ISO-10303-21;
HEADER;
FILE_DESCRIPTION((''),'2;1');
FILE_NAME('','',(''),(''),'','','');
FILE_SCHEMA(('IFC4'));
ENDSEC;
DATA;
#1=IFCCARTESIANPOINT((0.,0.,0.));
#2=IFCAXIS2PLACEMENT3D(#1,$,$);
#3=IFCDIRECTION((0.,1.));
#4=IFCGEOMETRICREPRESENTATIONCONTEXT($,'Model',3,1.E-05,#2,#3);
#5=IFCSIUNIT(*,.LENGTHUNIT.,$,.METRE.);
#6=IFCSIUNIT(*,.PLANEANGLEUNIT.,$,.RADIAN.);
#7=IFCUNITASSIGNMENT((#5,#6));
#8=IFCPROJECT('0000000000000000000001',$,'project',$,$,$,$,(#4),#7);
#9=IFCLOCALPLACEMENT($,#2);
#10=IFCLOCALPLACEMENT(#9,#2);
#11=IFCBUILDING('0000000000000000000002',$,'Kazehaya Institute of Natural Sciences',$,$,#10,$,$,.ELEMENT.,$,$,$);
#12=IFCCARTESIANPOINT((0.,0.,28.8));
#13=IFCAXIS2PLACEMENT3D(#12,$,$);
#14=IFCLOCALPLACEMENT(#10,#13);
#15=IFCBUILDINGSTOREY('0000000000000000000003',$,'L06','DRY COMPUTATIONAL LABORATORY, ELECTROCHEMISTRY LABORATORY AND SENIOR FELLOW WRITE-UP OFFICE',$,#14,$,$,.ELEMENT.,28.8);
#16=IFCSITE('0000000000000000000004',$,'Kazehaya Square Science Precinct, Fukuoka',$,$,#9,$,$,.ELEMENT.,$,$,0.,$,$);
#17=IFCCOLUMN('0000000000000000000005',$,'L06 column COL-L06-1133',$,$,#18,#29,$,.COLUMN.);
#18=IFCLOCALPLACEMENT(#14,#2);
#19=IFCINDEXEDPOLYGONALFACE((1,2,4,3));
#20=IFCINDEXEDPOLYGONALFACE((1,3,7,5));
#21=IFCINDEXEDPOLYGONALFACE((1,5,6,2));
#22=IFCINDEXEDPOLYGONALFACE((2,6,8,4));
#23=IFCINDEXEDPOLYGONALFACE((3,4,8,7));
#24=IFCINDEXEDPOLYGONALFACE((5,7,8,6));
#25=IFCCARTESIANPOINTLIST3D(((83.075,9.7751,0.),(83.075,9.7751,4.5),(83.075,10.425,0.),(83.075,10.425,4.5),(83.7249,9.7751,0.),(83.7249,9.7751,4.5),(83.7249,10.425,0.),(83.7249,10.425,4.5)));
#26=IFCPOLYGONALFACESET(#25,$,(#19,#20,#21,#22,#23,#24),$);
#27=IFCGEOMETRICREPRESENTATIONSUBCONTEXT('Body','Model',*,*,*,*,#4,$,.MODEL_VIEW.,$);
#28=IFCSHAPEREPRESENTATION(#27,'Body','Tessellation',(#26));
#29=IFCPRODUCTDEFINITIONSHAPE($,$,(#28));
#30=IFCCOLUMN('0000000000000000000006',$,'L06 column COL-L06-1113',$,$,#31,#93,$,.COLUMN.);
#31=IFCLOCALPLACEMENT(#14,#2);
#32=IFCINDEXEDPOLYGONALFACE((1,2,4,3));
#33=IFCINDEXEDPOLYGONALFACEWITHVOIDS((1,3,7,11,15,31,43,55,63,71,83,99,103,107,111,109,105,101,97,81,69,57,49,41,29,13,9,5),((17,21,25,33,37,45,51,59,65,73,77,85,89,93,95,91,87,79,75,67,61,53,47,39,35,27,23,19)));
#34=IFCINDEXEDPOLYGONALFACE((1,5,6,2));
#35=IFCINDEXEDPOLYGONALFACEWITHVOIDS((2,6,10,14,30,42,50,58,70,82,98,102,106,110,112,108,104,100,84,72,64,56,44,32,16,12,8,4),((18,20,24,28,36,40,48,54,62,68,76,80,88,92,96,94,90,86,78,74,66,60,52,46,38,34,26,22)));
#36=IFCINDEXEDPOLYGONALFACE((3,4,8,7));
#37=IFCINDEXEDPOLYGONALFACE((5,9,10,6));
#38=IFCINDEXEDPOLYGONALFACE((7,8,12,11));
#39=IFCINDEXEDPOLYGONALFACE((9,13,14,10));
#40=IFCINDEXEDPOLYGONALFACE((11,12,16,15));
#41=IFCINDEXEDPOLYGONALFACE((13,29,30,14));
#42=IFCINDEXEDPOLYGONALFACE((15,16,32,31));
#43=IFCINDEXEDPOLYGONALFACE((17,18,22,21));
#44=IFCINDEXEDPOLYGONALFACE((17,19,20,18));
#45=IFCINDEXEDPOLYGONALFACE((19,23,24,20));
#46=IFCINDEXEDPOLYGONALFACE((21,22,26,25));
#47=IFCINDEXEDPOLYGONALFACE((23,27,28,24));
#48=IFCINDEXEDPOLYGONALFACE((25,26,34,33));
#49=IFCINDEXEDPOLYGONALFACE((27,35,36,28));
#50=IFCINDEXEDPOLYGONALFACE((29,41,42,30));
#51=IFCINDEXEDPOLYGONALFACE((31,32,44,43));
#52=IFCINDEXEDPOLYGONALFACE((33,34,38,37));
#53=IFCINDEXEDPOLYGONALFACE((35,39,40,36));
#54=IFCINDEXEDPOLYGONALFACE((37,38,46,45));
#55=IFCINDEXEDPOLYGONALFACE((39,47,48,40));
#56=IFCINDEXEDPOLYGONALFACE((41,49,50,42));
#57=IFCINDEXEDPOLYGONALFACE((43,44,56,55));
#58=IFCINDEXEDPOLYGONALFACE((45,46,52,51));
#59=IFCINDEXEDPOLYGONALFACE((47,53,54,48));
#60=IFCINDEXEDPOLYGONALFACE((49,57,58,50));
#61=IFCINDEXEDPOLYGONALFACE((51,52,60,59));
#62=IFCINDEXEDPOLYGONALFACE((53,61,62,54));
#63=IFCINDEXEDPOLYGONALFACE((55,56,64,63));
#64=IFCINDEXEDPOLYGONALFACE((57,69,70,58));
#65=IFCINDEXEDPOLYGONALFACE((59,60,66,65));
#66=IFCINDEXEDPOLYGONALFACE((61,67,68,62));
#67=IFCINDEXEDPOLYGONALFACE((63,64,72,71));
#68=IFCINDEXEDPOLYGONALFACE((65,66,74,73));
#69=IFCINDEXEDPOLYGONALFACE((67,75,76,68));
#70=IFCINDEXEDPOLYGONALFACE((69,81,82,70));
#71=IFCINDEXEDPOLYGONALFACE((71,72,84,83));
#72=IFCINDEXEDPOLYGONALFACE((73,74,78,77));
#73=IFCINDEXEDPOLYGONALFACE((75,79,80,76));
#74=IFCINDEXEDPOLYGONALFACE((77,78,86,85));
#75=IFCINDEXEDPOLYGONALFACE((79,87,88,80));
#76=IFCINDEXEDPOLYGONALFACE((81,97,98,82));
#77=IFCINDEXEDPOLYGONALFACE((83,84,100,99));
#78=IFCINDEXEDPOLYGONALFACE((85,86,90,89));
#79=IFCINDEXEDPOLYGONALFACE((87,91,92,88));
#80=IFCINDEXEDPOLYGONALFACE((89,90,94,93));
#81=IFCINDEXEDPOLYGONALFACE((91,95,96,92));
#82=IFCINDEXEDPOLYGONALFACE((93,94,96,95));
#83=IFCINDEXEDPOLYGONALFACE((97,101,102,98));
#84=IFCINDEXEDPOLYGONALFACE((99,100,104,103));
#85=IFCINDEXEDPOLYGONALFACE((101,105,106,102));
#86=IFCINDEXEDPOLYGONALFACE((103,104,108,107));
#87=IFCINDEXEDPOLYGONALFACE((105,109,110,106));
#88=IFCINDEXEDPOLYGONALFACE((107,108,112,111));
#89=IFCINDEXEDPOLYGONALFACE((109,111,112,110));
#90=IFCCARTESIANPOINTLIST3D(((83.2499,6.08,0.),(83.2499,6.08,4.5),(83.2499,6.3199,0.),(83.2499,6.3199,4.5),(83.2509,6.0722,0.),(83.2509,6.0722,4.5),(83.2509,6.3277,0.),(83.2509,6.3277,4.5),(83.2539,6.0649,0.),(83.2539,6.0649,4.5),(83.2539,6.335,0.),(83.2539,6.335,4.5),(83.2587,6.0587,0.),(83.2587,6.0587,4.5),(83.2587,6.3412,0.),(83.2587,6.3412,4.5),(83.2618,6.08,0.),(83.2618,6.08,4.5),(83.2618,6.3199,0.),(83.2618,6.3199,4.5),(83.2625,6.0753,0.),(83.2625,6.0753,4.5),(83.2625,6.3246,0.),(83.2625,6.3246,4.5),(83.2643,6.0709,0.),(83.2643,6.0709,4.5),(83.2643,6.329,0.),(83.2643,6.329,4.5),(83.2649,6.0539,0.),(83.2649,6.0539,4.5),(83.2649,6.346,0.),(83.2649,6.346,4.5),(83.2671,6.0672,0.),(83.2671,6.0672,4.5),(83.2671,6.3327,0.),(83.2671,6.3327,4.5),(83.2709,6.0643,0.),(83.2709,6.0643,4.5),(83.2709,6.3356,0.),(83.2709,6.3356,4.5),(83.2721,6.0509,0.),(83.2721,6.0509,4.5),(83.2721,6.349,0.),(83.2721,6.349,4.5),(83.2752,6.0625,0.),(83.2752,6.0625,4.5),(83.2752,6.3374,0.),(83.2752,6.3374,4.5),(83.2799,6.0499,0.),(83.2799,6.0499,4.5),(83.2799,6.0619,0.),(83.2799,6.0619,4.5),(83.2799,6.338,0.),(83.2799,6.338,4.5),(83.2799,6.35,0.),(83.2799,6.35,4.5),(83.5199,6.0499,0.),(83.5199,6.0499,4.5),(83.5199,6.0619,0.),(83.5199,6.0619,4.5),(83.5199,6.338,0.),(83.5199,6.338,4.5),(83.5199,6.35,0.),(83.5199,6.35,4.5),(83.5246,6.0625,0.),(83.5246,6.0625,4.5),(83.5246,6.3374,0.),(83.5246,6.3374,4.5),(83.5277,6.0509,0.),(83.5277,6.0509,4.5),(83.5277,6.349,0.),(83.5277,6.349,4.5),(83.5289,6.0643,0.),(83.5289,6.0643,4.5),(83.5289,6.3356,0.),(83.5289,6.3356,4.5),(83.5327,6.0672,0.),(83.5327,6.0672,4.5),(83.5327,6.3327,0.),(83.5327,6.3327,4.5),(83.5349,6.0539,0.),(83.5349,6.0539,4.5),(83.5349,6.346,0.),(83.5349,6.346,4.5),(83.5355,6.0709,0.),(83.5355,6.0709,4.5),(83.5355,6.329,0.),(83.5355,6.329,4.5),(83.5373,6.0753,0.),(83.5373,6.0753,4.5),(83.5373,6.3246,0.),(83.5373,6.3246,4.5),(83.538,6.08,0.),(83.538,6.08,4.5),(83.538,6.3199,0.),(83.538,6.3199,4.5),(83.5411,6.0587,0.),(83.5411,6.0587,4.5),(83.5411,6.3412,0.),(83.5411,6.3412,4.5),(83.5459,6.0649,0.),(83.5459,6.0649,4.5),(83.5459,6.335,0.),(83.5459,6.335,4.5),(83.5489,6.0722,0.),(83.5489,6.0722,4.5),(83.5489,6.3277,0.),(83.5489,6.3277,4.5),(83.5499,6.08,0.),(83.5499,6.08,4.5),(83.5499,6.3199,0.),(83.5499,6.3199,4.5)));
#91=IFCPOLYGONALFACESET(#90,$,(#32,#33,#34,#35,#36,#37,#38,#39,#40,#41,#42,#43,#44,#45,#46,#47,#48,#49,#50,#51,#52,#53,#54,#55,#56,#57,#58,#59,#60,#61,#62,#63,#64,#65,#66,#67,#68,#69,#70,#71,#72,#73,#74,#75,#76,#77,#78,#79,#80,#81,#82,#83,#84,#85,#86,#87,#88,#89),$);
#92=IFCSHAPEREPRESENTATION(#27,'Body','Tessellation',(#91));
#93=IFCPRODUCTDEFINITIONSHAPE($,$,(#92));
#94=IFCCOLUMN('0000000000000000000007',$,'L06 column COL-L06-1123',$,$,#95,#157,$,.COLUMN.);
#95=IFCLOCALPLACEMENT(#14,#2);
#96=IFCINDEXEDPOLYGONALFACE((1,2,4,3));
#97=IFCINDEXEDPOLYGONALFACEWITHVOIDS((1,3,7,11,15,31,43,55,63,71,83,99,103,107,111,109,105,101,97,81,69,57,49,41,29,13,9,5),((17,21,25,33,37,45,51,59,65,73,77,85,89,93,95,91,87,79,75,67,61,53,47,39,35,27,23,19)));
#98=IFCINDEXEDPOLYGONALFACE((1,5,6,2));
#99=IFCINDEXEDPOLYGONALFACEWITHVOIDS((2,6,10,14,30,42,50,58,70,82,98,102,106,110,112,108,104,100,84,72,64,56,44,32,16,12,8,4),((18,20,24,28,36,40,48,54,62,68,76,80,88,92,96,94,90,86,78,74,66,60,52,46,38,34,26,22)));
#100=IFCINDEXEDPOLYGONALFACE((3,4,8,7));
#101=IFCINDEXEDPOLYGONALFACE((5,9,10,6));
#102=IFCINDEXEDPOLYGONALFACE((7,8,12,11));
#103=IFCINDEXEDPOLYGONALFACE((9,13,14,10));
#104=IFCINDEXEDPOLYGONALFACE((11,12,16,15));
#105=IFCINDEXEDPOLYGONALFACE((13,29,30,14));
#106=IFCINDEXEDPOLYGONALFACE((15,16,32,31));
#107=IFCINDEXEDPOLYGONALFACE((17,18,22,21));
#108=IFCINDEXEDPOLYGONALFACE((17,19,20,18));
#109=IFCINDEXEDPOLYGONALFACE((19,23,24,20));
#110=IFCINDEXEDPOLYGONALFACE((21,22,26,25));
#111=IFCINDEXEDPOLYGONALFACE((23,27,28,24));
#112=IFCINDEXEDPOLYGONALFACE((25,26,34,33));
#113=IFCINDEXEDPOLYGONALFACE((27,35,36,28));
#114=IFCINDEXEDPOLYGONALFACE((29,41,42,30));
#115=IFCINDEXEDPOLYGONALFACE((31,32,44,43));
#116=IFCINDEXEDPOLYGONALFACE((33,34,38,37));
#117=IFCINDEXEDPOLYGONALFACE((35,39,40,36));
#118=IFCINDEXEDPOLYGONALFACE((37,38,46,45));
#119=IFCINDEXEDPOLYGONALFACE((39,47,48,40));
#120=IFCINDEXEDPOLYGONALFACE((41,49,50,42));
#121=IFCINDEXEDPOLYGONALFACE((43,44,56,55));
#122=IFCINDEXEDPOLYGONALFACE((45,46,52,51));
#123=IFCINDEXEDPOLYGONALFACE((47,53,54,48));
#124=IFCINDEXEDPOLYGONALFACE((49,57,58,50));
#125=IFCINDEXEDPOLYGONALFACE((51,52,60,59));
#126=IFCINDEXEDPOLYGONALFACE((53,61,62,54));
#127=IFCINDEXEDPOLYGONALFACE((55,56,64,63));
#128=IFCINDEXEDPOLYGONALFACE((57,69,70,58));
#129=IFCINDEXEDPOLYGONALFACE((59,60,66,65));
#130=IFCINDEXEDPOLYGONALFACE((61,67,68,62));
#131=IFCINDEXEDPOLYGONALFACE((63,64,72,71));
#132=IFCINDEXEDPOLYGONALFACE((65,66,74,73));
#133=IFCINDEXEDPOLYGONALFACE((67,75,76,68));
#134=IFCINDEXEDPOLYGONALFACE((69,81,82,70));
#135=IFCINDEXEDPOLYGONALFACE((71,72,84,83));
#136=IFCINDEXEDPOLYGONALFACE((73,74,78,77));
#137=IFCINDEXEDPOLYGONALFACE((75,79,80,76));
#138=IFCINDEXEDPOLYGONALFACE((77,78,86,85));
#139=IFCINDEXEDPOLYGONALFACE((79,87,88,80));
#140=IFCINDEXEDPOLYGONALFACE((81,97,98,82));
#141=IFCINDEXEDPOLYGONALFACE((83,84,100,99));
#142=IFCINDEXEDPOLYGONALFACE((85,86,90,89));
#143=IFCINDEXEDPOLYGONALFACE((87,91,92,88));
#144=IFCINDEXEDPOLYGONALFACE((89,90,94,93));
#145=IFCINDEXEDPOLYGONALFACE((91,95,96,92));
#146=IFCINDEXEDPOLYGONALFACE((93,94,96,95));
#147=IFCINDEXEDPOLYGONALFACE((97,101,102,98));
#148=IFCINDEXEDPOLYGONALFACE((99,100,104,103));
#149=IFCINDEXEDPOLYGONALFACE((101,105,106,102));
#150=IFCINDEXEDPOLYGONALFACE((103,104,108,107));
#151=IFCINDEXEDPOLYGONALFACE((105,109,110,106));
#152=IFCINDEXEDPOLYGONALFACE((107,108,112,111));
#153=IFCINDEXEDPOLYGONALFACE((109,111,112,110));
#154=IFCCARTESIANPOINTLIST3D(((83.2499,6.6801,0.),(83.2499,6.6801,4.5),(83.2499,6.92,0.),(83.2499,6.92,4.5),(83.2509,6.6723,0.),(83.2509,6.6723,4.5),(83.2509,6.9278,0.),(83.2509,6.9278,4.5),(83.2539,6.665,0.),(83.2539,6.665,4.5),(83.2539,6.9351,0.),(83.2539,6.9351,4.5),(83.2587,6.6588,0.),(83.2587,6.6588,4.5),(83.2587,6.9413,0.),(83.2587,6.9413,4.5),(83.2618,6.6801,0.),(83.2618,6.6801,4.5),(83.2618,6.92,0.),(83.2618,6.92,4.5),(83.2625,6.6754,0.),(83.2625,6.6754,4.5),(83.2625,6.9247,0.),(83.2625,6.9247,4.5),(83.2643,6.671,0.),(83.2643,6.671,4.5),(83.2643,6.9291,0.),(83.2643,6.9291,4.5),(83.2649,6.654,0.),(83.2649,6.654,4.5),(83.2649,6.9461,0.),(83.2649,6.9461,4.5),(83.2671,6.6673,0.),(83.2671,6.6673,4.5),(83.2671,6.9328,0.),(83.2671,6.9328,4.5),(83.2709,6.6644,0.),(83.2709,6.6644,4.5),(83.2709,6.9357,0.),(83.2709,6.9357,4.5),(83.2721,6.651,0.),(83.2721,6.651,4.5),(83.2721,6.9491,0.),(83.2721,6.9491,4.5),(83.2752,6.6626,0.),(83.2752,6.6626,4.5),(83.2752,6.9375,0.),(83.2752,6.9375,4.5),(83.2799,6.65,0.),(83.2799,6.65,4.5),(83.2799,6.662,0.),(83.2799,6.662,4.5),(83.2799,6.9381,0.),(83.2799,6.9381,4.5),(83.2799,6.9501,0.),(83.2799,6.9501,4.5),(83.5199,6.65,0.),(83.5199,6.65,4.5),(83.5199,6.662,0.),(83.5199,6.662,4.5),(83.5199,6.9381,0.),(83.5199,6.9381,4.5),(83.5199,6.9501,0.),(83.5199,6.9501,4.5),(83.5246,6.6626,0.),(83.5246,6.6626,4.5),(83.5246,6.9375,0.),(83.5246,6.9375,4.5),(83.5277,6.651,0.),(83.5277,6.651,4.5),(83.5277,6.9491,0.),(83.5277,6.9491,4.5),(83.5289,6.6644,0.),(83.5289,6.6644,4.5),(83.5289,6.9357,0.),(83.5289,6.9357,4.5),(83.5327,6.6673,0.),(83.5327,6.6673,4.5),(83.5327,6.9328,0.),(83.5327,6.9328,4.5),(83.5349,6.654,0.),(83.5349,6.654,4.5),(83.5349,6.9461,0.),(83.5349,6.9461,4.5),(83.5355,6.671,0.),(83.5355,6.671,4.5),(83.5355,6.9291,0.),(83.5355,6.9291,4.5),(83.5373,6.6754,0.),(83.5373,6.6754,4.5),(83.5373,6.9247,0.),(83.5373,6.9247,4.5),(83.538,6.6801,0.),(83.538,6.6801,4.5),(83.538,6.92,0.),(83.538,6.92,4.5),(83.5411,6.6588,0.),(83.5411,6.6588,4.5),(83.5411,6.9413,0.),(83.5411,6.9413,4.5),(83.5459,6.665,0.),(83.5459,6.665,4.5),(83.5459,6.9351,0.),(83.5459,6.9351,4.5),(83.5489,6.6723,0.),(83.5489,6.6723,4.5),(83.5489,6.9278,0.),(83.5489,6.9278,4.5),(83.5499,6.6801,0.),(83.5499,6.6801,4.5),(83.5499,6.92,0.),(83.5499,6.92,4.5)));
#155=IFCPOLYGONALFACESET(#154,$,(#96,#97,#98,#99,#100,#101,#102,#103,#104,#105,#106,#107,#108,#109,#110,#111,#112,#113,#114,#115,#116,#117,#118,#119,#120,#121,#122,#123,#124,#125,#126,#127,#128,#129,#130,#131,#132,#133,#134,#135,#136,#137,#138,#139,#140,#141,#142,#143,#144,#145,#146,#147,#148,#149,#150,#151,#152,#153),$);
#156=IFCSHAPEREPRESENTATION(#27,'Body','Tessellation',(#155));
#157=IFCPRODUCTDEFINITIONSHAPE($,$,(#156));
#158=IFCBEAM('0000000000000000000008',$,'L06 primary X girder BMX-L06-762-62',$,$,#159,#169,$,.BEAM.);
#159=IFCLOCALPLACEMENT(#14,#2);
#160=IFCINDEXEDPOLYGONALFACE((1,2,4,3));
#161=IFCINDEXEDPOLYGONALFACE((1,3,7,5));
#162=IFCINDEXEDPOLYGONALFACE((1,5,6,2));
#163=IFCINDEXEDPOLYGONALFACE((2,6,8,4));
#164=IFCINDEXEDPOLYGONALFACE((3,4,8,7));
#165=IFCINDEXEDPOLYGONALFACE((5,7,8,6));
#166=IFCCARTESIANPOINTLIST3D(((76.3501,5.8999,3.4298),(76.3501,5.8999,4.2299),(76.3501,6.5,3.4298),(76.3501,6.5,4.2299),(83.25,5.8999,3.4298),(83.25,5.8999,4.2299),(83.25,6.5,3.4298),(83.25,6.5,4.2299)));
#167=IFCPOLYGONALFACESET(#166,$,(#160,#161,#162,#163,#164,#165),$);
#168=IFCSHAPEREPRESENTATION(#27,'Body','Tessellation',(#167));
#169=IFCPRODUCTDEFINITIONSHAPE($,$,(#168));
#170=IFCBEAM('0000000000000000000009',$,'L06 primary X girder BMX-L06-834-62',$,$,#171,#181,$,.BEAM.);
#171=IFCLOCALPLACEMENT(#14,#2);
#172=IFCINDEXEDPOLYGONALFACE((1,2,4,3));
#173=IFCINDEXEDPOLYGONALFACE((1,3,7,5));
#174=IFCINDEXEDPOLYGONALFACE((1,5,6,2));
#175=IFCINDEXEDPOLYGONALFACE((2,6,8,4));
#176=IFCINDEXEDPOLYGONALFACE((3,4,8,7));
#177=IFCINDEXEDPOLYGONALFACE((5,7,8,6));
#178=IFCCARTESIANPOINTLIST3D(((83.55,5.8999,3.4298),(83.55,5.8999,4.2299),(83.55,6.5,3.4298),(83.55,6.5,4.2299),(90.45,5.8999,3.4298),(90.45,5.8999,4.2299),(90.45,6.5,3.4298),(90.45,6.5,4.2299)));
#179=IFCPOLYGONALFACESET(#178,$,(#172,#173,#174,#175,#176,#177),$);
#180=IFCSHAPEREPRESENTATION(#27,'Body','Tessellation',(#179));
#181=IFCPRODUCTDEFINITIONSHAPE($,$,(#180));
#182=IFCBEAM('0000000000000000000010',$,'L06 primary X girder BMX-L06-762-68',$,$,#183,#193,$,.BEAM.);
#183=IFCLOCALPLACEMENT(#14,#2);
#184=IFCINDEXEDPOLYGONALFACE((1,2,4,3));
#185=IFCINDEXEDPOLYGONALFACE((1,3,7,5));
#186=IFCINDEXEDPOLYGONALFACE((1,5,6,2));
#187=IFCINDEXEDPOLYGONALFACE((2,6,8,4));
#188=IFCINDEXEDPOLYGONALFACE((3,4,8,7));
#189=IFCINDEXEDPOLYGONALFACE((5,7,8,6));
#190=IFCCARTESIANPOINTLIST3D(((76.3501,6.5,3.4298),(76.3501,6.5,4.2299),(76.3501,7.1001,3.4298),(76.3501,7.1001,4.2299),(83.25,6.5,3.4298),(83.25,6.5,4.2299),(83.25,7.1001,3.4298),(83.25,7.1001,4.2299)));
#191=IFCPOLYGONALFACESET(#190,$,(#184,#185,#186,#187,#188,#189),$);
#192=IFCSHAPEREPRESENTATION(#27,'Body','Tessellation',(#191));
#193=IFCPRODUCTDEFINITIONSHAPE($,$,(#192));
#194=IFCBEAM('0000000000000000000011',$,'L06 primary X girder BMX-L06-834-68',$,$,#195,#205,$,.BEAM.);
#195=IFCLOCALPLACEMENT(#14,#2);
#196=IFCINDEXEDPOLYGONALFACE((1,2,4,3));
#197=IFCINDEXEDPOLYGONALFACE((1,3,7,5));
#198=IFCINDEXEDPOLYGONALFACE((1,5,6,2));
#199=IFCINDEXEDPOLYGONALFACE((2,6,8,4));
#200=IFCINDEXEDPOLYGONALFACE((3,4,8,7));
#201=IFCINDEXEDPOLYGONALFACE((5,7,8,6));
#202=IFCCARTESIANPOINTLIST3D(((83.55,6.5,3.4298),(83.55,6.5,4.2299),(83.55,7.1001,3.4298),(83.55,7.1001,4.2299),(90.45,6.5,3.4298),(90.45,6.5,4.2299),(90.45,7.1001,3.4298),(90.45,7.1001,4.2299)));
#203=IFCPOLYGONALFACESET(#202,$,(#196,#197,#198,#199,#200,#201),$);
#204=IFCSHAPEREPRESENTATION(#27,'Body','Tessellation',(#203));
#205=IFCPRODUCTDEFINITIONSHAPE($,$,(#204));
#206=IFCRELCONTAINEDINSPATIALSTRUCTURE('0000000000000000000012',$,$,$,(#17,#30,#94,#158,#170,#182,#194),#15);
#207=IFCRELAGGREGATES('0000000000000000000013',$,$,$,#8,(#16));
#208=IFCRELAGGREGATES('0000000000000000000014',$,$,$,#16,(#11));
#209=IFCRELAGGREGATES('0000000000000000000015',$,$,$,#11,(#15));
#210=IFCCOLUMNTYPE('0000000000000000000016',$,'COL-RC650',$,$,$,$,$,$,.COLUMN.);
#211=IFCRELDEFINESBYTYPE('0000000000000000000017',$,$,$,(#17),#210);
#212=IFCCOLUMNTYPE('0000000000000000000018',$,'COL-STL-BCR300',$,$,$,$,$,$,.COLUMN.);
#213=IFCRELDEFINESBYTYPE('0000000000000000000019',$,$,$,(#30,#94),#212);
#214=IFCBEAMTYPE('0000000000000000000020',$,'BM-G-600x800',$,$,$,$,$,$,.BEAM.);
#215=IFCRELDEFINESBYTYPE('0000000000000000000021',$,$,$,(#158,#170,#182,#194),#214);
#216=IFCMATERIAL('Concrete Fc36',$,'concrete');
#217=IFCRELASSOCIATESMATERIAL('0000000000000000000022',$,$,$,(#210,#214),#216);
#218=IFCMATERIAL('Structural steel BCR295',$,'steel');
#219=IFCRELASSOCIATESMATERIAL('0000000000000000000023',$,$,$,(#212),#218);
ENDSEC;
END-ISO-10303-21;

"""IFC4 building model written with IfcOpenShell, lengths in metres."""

from ifc_helpers import new_model, si_unit, direction, frame, origin, origin_2d, place, context, subcontext, project, spatial, rectangle, hollow_rectangle, extrude, material, material_profile, profile_set, type_object, element, save


model = new_model("IFC4")

# Units and contexts
model_context = context("Model", 3, precision=1e-05, world=origin(), true_north=direction((0.0, 1.0)))
body_context = subcontext(model_context, "Body", "Model", "MODEL_VIEW")
ifc_project = project(units=[si_unit("LENGTHUNIT", "METRE"), si_unit("PLANEANGLEUNIT", "RADIAN")], contexts=[model_context])

# Site, building, storey
site_placement = place(None, origin())
site = spatial("IfcSite", under=ifc_project, at=site_placement, Name="Kazehaya Square Science Precinct, Fukuoka", CompositionType="ELEMENT", RefElevation=0.0)
building_placement = place(site_placement, origin())
building = spatial("IfcBuilding", under=site, at=building_placement, Name="Kazehaya Institute of Natural Sciences", CompositionType="ELEMENT")
storey_placement = place(building_placement, frame((0.0, 0.0, 28.8)))
storey = spatial("IfcBuildingStorey", under=building, at=storey_placement, Name="L06", Description="DRY COMPUTATIONAL LABORATORY, ELECTROCHEMISTRY LABORATORY AND SENIOR FELLOW WRITE-UP OFFICE", CompositionType="ELEMENT", Elevation=28.8)

# Columns
ifc_material_1 = material(Name="Concrete Fc36", Category="concrete")
ifc_material_profile_1 = material_profile(ifc_material_1, rectangle(XDim=0.6499, YDim=0.6499, at=origin_2d()), Name="RC-650x650")
ifc_profile_set_1 = profile_set([ifc_material_profile_1], Name="Concrete Fc36")
column_type_1 = type_object("IfcColumnType", Name="COL-RC650", PredefinedType="COLUMN", material=ifc_profile_set_1)
column_placement = place(storey_placement, frame((83.3999, 10.1001, 0.0), z_axis=(0.0, 0.0, 1.0), x_axis=(1.0, 0.0, 0.0)))
element("IfcColumn", 1, at=column_placement, inside=storey, type_object=column_type_1, Name="L06 column COL-L06-1133", PredefinedType="COLUMN", context=body_context, shape_type="SweptSolid", body=[
    extrude(rectangle(XDim=0.6499, YDim=0.6499, at=origin_2d()), origin(), (0.0, 0.0, 1.0), 4.5),
])
ifc_material_2 = material(Name="Structural steel BCR295", Category="steel")
ifc_material_profile_2 = material_profile(ifc_material_2, hollow_rectangle(XDim=0.3, YDim=0.3, WallThickness=0.012, InnerFilletRadius=0.0181, OuterFilletRadius=0.03, at=origin_2d()), Name="BCR-300x300x12")
ifc_profile_set_2 = profile_set([ifc_material_profile_2], Name="Structural steel BCR295")
column_type_2 = type_object("IfcColumnType", Name="COL-STL-BCR300", PredefinedType="COLUMN", material=ifc_profile_set_2)
for number, where, z_axis, x_axis, name in (
    (2, (83.3999, 6.2, 0.0), (0.0, 0.0, 1.0), (1.0, 0.0, 0.0), "L06 column COL-L06-1113"),
    (3, (83.3999, 6.8, 0.0), (0.0, 0.0, 1.0), (1.0, 0.0, 0.0), "L06 column COL-L06-1123"),
):
    element("IfcColumn", number, at=place(storey_placement, frame(where, z_axis=z_axis, x_axis=x_axis)), inside=storey, type_object=column_type_2, Name=name, PredefinedType="COLUMN", context=body_context, shape_type="SweptSolid", body=[
        extrude(hollow_rectangle(XDim=0.3, YDim=0.3, WallThickness=0.012, InnerFilletRadius=0.0181, OuterFilletRadius=0.03, at=origin_2d()), origin(), (0.0, 0.0, 1.0), 4.5),
    ])

# Beams
ifc_material_profile_3 = material_profile(ifc_material_1, rectangle(XDim=0.6001, YDim=0.8, at=origin_2d()), Name="RC-600x800")
ifc_profile_set_3 = profile_set([ifc_material_profile_3], Name="Concrete Fc36")
beam_type = type_object("IfcBeamType", Name="BM-G-600x800", PredefinedType="BEAM", material=ifc_profile_set_3)
for number, where, z_axis, x_axis, name in (
    (4, (76.3501, 6.2, 3.8298), (1.0, 0.0, 0.0), (0.0, 1.0, 0.0), "L06 primary X girder BMX-L06-762-62"),
    (5, (83.55, 6.2, 3.8298), (1.0, 0.0, 0.0), (0.0, 1.0, 0.0), "L06 primary X girder BMX-L06-834-62"),
    (6, (76.3501, 6.8, 3.8298), (1.0, 0.0, 0.0), (0.0, 1.0, 0.0), "L06 primary X girder BMX-L06-762-68"),
    (7, (83.55, 6.8, 3.8298), (1.0, 0.0, 0.0), (0.0, 1.0, 0.0), "L06 primary X girder BMX-L06-834-68"),
):
    element("IfcBeam", number, at=place(storey_placement, frame(where, z_axis=z_axis, x_axis=x_axis)), inside=storey, type_object=beam_type, Name=name, PredefinedType="BEAM", context=body_context, shape_type="SweptSolid", body=[
        extrude(rectangle(XDim=0.6001, YDim=0.8, at=origin_2d()), origin(), (0.0, 0.0, 1.0), 6.8999),
    ])

save(model, "model.ifc")
